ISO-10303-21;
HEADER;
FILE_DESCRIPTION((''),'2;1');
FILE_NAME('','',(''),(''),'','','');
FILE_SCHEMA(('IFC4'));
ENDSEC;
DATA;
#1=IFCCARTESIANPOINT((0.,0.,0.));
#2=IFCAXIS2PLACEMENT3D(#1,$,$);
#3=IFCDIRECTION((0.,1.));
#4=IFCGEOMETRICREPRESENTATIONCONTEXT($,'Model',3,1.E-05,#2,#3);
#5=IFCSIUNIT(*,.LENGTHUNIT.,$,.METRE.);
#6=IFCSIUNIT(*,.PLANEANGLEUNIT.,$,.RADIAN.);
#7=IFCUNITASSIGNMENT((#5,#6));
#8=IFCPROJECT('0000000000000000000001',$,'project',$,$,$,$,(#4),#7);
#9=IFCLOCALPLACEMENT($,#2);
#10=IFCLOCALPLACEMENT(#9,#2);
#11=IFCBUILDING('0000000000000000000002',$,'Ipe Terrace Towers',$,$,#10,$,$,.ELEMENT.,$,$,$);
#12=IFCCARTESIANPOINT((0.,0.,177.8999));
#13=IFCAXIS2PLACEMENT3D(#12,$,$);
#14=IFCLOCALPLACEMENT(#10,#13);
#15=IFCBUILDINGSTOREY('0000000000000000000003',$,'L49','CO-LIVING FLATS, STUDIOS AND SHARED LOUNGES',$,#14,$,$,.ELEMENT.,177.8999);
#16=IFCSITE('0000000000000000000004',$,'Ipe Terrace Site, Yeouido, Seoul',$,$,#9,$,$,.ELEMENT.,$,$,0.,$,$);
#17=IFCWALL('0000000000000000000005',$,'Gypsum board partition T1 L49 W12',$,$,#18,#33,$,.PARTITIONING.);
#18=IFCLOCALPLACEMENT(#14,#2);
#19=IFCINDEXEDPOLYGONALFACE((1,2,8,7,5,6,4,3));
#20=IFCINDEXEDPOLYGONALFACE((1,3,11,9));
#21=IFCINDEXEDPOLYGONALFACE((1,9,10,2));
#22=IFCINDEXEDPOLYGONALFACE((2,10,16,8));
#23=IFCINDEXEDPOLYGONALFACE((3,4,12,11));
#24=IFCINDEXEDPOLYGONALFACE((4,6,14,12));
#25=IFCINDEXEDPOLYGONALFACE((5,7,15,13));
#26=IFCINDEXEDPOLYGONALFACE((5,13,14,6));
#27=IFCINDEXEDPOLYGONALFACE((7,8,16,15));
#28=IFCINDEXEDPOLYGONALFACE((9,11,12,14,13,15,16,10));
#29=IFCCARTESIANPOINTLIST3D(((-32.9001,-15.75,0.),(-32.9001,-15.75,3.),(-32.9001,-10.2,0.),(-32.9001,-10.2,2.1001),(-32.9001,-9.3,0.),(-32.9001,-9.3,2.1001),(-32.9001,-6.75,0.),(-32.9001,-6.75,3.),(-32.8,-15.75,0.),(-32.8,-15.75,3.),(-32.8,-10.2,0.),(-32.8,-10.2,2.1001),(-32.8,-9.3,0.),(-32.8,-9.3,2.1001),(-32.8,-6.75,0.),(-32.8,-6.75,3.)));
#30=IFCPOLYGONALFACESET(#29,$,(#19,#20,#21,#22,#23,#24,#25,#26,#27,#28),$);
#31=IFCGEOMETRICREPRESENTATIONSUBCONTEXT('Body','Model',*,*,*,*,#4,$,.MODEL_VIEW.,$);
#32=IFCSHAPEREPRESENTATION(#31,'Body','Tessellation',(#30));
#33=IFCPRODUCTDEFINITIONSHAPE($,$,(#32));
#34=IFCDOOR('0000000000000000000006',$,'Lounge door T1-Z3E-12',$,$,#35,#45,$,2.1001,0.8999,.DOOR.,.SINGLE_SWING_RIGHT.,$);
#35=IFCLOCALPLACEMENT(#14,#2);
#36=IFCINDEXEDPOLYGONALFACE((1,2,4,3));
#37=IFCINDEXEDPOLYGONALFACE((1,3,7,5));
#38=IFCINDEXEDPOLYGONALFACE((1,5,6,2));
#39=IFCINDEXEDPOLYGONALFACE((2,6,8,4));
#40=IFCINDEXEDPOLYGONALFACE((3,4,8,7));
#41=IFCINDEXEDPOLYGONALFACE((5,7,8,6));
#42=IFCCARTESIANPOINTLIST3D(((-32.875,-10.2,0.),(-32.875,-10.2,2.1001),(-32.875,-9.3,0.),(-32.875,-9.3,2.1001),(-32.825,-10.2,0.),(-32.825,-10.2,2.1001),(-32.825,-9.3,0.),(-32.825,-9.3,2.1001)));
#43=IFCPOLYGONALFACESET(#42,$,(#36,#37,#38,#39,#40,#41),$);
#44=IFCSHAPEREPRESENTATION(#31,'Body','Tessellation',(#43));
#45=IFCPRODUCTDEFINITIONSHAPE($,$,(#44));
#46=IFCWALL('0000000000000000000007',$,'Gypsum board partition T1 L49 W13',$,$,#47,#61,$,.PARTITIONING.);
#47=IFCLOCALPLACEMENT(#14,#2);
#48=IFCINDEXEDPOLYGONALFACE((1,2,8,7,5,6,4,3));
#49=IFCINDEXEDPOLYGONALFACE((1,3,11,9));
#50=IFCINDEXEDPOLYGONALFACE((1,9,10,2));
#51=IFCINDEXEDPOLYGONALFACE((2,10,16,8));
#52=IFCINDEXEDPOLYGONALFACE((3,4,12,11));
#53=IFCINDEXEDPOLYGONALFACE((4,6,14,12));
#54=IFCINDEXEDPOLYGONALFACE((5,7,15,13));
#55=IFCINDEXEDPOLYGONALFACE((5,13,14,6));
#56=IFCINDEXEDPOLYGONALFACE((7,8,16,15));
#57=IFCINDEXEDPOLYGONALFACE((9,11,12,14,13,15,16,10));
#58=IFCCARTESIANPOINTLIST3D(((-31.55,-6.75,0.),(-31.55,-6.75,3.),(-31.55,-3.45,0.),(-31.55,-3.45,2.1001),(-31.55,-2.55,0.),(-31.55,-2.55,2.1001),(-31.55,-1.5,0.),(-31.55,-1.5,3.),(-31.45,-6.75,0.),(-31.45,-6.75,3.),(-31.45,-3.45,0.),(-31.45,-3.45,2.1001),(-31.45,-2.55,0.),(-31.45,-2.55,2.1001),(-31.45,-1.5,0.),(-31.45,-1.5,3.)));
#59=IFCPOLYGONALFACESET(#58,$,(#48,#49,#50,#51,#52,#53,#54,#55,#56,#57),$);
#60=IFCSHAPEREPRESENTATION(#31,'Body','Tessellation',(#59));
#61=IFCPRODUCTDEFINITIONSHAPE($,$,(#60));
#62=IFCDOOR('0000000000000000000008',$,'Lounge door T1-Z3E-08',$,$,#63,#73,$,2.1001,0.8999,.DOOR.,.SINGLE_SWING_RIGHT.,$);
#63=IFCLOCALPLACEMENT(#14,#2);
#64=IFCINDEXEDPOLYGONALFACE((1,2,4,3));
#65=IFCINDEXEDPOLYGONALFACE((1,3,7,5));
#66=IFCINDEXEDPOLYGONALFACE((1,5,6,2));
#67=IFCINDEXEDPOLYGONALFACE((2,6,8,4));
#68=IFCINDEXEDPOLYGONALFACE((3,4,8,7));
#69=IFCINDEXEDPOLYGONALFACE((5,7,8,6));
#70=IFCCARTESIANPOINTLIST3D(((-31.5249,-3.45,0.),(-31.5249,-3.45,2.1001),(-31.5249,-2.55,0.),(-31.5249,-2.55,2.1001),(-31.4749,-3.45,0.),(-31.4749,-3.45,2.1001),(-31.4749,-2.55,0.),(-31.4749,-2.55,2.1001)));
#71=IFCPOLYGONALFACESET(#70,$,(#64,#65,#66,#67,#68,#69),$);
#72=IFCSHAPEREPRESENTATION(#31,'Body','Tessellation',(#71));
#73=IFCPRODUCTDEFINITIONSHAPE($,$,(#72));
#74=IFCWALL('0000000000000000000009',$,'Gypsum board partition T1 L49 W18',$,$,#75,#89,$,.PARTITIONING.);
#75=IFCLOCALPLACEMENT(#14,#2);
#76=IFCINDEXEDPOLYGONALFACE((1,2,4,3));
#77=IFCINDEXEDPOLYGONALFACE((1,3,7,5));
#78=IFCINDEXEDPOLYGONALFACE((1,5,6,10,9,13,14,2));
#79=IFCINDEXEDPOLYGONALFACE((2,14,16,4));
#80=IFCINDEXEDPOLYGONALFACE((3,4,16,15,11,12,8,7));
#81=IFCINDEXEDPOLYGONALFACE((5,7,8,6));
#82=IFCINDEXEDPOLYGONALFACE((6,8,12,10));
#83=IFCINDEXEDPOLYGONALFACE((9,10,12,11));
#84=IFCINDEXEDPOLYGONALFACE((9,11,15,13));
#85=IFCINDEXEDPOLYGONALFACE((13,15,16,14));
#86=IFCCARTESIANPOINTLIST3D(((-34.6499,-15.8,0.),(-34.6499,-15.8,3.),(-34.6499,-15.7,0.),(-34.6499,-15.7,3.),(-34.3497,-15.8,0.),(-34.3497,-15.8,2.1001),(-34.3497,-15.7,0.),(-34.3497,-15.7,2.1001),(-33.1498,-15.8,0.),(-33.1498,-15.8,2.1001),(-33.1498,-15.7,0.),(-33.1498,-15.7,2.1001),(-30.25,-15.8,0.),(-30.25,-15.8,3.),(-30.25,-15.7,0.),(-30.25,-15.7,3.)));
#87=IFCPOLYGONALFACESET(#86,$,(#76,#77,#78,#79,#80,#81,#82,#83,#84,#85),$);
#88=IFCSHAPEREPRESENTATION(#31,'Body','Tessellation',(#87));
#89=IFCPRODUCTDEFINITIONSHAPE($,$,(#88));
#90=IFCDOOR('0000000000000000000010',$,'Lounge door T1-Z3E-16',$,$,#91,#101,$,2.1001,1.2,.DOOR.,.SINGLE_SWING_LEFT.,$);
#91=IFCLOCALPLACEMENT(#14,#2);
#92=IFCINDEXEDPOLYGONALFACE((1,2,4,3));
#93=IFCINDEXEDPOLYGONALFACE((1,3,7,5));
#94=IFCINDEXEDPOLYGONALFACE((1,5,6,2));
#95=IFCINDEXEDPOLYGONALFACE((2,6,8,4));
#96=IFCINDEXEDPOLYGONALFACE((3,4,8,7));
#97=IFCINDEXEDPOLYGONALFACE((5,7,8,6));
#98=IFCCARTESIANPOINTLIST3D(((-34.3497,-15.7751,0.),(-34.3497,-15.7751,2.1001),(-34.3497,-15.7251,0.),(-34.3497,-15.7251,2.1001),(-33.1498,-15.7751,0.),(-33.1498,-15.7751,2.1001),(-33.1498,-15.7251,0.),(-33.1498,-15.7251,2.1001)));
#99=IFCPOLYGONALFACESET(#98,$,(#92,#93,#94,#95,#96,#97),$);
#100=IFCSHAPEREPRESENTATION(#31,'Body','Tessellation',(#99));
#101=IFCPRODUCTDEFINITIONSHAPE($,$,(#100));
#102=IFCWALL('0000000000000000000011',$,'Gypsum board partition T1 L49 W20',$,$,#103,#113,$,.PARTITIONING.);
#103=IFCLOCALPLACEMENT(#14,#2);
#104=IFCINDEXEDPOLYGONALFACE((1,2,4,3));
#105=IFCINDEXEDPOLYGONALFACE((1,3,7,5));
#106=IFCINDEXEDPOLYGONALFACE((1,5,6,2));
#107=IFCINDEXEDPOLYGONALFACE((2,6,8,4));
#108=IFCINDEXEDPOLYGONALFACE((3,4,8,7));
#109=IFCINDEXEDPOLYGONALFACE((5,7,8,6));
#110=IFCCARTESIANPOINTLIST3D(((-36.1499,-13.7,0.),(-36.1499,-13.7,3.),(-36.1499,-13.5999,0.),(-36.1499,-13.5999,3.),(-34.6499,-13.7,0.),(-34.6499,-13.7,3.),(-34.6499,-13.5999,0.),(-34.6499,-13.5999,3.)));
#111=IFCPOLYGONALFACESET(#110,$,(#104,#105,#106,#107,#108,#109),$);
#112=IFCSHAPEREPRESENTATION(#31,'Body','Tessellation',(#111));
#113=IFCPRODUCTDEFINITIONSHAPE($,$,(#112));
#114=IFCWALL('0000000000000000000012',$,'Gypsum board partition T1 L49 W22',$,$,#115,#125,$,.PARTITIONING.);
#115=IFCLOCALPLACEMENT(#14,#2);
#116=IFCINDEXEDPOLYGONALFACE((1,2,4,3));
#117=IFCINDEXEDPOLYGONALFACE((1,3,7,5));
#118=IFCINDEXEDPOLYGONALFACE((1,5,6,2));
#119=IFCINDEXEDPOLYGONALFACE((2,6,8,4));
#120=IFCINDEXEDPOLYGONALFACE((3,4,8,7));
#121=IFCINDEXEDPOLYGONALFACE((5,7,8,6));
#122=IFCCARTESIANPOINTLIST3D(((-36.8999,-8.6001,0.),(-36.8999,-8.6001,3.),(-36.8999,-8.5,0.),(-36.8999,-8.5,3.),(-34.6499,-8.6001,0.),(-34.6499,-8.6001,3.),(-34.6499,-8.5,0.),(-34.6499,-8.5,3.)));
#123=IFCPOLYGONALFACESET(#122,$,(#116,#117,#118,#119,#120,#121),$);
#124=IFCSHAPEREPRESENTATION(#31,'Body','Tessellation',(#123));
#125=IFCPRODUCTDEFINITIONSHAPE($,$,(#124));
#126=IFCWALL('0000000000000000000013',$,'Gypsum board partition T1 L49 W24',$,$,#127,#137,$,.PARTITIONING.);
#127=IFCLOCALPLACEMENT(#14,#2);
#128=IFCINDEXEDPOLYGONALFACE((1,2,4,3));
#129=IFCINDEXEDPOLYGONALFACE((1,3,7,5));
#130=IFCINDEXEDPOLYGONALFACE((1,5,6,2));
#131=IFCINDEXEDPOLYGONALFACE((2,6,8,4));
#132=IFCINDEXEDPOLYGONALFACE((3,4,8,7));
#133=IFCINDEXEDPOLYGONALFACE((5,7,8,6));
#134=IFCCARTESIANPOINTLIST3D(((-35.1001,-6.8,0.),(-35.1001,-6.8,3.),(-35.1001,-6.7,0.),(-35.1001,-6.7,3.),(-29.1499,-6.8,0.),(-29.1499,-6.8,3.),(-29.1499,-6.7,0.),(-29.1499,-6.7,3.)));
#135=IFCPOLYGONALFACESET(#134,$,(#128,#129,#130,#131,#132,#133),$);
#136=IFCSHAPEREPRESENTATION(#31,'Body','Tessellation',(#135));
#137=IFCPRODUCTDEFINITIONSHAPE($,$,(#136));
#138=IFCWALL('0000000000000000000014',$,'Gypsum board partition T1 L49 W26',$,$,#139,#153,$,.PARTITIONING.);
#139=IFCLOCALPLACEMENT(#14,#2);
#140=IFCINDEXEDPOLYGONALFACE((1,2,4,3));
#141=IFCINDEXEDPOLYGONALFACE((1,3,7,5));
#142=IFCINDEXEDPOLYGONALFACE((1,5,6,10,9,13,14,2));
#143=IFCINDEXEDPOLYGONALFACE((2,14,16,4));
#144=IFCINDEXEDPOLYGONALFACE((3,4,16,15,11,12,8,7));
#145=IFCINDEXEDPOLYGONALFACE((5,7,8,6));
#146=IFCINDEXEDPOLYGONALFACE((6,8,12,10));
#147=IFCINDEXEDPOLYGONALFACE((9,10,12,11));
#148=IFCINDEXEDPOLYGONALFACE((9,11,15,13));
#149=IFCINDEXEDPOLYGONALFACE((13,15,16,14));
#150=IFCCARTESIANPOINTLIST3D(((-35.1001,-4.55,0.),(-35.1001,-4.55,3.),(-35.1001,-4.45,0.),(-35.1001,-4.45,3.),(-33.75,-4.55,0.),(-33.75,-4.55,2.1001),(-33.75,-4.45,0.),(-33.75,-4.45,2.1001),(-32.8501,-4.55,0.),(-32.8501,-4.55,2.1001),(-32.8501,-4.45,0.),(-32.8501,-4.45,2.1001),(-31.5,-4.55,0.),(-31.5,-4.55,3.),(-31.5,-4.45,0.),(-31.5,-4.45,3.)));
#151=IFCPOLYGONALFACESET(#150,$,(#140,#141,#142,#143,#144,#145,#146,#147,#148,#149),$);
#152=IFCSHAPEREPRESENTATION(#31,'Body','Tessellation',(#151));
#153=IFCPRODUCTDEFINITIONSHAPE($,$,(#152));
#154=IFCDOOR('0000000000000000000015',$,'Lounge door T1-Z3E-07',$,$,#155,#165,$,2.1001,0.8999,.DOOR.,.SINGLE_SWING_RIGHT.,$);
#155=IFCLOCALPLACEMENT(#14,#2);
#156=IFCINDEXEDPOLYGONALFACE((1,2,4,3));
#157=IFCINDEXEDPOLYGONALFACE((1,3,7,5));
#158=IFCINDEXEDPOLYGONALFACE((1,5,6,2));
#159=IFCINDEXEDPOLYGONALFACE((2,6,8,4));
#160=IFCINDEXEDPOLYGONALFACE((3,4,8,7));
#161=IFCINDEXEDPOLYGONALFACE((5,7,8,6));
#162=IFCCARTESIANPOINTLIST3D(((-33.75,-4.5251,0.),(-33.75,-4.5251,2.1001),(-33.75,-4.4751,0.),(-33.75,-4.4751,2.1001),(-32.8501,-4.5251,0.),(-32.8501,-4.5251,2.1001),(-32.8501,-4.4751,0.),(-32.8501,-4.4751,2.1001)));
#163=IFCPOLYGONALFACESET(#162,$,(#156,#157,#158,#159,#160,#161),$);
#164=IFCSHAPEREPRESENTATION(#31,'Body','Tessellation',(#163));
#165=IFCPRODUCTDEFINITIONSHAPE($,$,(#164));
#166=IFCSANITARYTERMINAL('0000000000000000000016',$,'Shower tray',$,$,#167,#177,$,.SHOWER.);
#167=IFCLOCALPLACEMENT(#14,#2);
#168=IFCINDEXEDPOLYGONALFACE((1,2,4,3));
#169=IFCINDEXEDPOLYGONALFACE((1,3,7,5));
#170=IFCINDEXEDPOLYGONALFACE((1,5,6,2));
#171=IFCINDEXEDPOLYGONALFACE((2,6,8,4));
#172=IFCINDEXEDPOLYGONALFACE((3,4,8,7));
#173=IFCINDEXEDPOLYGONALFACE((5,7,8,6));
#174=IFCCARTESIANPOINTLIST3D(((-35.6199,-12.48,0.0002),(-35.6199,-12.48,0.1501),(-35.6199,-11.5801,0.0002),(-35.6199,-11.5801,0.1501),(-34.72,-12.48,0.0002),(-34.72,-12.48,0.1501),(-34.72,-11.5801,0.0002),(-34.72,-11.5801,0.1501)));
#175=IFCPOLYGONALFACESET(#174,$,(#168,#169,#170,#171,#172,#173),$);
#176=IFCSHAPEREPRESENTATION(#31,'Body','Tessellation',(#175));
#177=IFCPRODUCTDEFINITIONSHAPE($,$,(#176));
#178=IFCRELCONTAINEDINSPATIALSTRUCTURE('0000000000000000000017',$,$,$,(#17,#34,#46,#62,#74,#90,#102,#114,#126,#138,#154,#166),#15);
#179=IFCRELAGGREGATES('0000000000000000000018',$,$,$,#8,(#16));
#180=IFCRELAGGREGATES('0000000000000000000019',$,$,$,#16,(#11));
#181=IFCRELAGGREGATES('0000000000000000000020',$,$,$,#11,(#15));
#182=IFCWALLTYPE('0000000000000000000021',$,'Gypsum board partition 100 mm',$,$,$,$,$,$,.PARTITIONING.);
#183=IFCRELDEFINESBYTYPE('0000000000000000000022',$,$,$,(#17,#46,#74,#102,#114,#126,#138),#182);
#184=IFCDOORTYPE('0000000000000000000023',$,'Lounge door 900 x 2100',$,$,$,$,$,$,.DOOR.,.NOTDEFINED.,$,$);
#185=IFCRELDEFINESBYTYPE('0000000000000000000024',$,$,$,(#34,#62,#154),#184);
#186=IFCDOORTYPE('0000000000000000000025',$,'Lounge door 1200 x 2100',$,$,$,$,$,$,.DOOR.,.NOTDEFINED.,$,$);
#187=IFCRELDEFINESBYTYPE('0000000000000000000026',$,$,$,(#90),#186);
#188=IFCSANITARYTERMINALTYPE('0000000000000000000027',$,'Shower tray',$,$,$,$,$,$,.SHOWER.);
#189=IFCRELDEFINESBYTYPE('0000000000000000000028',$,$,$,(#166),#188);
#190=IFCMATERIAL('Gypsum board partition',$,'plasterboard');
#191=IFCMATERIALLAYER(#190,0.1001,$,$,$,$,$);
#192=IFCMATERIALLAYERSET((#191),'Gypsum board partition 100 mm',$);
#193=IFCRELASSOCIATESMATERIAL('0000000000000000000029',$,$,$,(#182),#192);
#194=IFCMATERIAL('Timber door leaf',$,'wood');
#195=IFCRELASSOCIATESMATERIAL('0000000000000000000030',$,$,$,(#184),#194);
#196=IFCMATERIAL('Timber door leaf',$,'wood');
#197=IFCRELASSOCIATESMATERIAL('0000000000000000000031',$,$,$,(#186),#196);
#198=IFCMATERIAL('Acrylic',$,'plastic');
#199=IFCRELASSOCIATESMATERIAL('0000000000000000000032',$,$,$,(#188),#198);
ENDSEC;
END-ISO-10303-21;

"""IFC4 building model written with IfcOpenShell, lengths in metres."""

from ifc_helpers import new_model, si_unit, direction, frame, frame_2d, origin, origin_2d, place, context, subcontext, project, spatial, rectangle, extrude, material, layer, layer_set, type_object, element, fill, save


model = new_model("IFC4")

# Units and contexts
model_context = context("Model", 3, precision=1e-05, world=origin(), true_north=direction((0.0, 1.0)))
body_context = subcontext(model_context, "Body", "Model", "MODEL_VIEW")
ifc_project = project(units=[si_unit("LENGTHUNIT", "METRE"), si_unit("PLANEANGLEUNIT", "RADIAN")], contexts=[model_context])

# Site, building, storey
site_placement = place(None, origin())
site = spatial("IfcSite", under=ifc_project, at=site_placement, Name="Ipe Terrace Site, Yeouido, Seoul", CompositionType="ELEMENT", RefElevation=0.0)
building_placement = place(site_placement, origin())
building = spatial("IfcBuilding", under=site, at=building_placement, Name="Ipe Terrace Towers", CompositionType="ELEMENT")
storey_placement = place(building_placement, frame((0.0, 0.0, 177.8999)))
storey = spatial("IfcBuildingStorey", under=building, at=storey_placement, Name="L49", Description="CO-LIVING FLATS, STUDIOS AND SHARED LOUNGES", CompositionType="ELEMENT", Elevation=177.8999)

# Shared definitions
ifc_material_1 = material(Name="Gypsum board partition", Category="plasterboard")
ifc_layer = layer(ifc_material_1, 0.1001)
ifc_layer_set = layer_set([ifc_layer], Name="Gypsum board partition 100 mm")
wall_type = type_object("IfcWallType", Name="Gypsum board partition 100 mm", PredefinedType="PARTITIONING", material=ifc_layer_set)

# Walls, openings, doors
ifc_material_2 = material(Name="Timber door leaf", Category="wood")
door_type_1 = type_object("IfcDoorType", Name="Lounge door 900 x 2100", OperationType="NOTDEFINED", PredefinedType="DOOR", material=ifc_material_2)
wall_1_placement = place(storey_placement, frame((-32.8501, -15.75, 0.0), z_axis=(0.0, 0.0, 1.0), x_axis=(0.0, 1.0, 0.0)))
wall_1 = element("IfcWall", 1, at=wall_1_placement, inside=storey, type_object=wall_type, Name="Gypsum board partition T1 L49 W12", PredefinedType="PARTITIONING", context=body_context, shape_type="SweptSolid", body=[
    extrude(rectangle(XDim=9.0, YDim=0.1001, at=frame_2d((4.5, 0.0))), origin(), (0.0, 0.0, 1.0), 3.0),
])
opening_1_placement = place(wall_1_placement, frame((5.55, 0.0, 0.0)))
opening_1 = element("IfcOpeningElement", 2, at=opening_1_placement, cuts=wall_1, PredefinedType="OPENING", context=body_context, shape_type="SweptSolid", body=[
    extrude(rectangle(XDim=0.8999, YDim=2.1001, at=frame_2d((0.45, 1.05))), frame((0.0, 0.0601, 0.0), z_axis=(0.0, -1.0, 0.0), x_axis=(1.0, 0.0, 0.0)), (0.0, 0.0, 1.0), 0.1201),
])
door_1_placement = place(opening_1_placement, origin())
door_1 = element("IfcDoor", 3, at=door_1_placement, inside=storey, type_object=door_type_1, Name="Lounge door T1-Z3E-12", OperationType="SINGLE_SWING_RIGHT", OverallHeight=2.1001, OverallWidth=0.8999, PredefinedType="DOOR", context=body_context, shape_type="SweptSolid", body=[
    extrude(rectangle(XDim=0.8999, YDim=2.1001, at=frame_2d((0.45, 1.05))), frame((0.0, 0.0249, 0.0), z_axis=(0.0, -1.0, 0.0), x_axis=(1.0, 0.0, 0.0)), (0.0, 0.0, 1.0), 0.05),
])
fill(opening_1, door_1)
wall_2_placement = place(storey_placement, frame((-31.5, -6.75, 0.0), z_axis=(0.0, 0.0, 1.0), x_axis=(0.0, 1.0, 0.0)))
wall_2 = element("IfcWall", 4, at=wall_2_placement, inside=storey, type_object=wall_type, Name="Gypsum board partition T1 L49 W13", PredefinedType="PARTITIONING", context=body_context, shape_type="SweptSolid", body=[
    extrude(rectangle(XDim=5.25, YDim=0.1001, at=frame_2d((2.625, 0.0))), origin(), (0.0, 0.0, 1.0), 3.0),
])
opening_2_placement = place(wall_2_placement, frame((3.3, 0.0, 0.0)))
opening_2 = element("IfcOpeningElement", 5, at=opening_2_placement, cuts=wall_2, PredefinedType="OPENING", context=body_context, shape_type="SweptSolid", body=[
    extrude(rectangle(XDim=0.8999, YDim=2.1001, at=frame_2d((0.45, 1.05))), frame((0.0, 0.0601, 0.0), z_axis=(0.0, -1.0, 0.0), x_axis=(1.0, 0.0, 0.0)), (0.0, 0.0, 1.0), 0.1201),
])
door_2_placement = place(opening_2_placement, origin())
door_2 = element("IfcDoor", 6, at=door_2_placement, inside=storey, type_object=door_type_1, Name="Lounge door T1-Z3E-08", OperationType="SINGLE_SWING_RIGHT", OverallHeight=2.1001, OverallWidth=0.8999, PredefinedType="DOOR", context=body_context, shape_type="SweptSolid", body=[
    extrude(rectangle(XDim=0.8999, YDim=2.1001, at=frame_2d((0.45, 1.05))), frame((0.0, 0.0249, 0.0), z_axis=(0.0, -1.0, 0.0), x_axis=(1.0, 0.0, 0.0)), (0.0, 0.0, 1.0), 0.05),
])
fill(opening_2, door_2)
wall_3_placement = place(storey_placement, frame((-34.6499, -15.75, 0.0), z_axis=(0.0, 0.0, 1.0), x_axis=(1.0, 0.0, 0.0)))
wall_3 = element("IfcWall", 7, at=wall_3_placement, inside=storey, type_object=wall_type, Name="Gypsum board partition T1 L49 W18", PredefinedType="PARTITIONING", context=body_context, shape_type="SweptSolid", body=[
    extrude(rectangle(XDim=4.3999, YDim=0.1001, at=frame_2d((2.2, 0.0))), origin(), (0.0, 0.0, 1.0), 3.0),
])
opening_3_placement = place(wall_3_placement, frame((0.3, 0.0, 0.0)))
opening_3 = element("IfcOpeningElement", 8, at=opening_3_placement, cuts=wall_3, PredefinedType="OPENING", context=body_context, shape_type="SweptSolid", body=[
    extrude(rectangle(XDim=1.2, YDim=2.1001, at=frame_2d((0.6001, 1.05))), frame((0.0, 0.0601, 0.0), z_axis=(0.0, -1.0, 0.0), x_axis=(1.0, 0.0, 0.0)), (0.0, 0.0, 1.0), 0.1201),
])
ifc_material_3 = material(Name="Timber door leaf", Category="wood")
door_type_2 = type_object("IfcDoorType", Name="Lounge door 1200 x 2100", OperationType="NOTDEFINED", PredefinedType="DOOR", material=ifc_material_3)
door_3_placement = place(opening_3_placement, origin())
door_3 = element("IfcDoor", 9, at=door_3_placement, inside=storey, type_object=door_type_2, Name="Lounge door T1-Z3E-16", OperationType="SINGLE_SWING_LEFT", OverallHeight=2.1001, OverallWidth=1.2, PredefinedType="DOOR", context=body_context, shape_type="SweptSolid", body=[
    extrude(rectangle(XDim=1.2, YDim=2.1001, at=frame_2d((0.6001, 1.05))), frame((0.0, 0.0249, 0.0), z_axis=(0.0, -1.0, 0.0), x_axis=(1.0, 0.0, 0.0)), (0.0, 0.0, 1.0), 0.05),
])
fill(opening_3, door_3)

# Walls
wall_4_placement = place(storey_placement, frame((-36.1499, -13.6499, 0.0), z_axis=(0.0, 0.0, 1.0), x_axis=(1.0, 0.0, 0.0)))
element("IfcWall", 10, at=wall_4_placement, inside=storey, type_object=wall_type, Name="Gypsum board partition T1 L49 W20", PredefinedType="PARTITIONING", context=body_context, shape_type="SweptSolid", body=[
    extrude(rectangle(XDim=1.5, YDim=0.1001, at=frame_2d((0.75, 0.0))), origin(), (0.0, 0.0, 1.0), 3.0),
])
wall_5_placement = place(storey_placement, frame((-36.8999, -8.55, 0.0), z_axis=(0.0, 0.0, 1.0), x_axis=(1.0, 0.0, 0.0)))
element("IfcWall", 11, at=wall_5_placement, inside=storey, type_object=wall_type, Name="Gypsum board partition T1 L49 W22", PredefinedType="PARTITIONING", context=body_context, shape_type="SweptSolid", body=[
    extrude(rectangle(XDim=2.25, YDim=0.1001, at=frame_2d((1.125, 0.0))), origin(), (0.0, 0.0, 1.0), 3.0),
])
wall_6_placement = place(storey_placement, frame((-35.1001, -6.75, 0.0), z_axis=(0.0, 0.0, 1.0), x_axis=(1.0, 0.0, 0.0)))
element("IfcWall", 12, at=wall_6_placement, inside=storey, type_object=wall_type, Name="Gypsum board partition T1 L49 W24", PredefinedType="PARTITIONING", context=body_context, shape_type="SweptSolid", body=[
    extrude(rectangle(XDim=5.9502, YDim=0.1001, at=frame_2d((2.9751, 0.0))), origin(), (0.0, 0.0, 1.0), 3.0),
])

# Wall, opening, door
wall_7_placement = place(storey_placement, frame((-35.1001, -4.5, 0.0), z_axis=(0.0, 0.0, 1.0), x_axis=(1.0, 0.0, 0.0)))
wall_7 = element("IfcWall", 13, at=wall_7_placement, inside=storey, type_object=wall_type, Name="Gypsum board partition T1 L49 W26", PredefinedType="PARTITIONING", context=body_context, shape_type="SweptSolid", body=[
    extrude(rectangle(XDim=3.6001, YDim=0.1001, at=frame_2d((1.8, 0.0))), origin(), (0.0, 0.0, 1.0), 3.0),
])
opening_4_placement = place(wall_7_placement, frame((1.3501, 0.0, 0.0)))
opening_4 = element("IfcOpeningElement", 14, at=opening_4_placement, cuts=wall_7, PredefinedType="OPENING", context=body_context, shape_type="SweptSolid", body=[
    extrude(rectangle(XDim=0.8999, YDim=2.1001, at=frame_2d((0.45, 1.05))), frame((0.0, 0.0601, 0.0), z_axis=(0.0, -1.0, 0.0), x_axis=(1.0, 0.0, 0.0)), (0.0, 0.0, 1.0), 0.1201),
])
door_4_placement = place(opening_4_placement, origin())
door_4 = element("IfcDoor", 15, at=door_4_placement, inside=storey, type_object=door_type_1, Name="Lounge door T1-Z3E-07", OperationType="SINGLE_SWING_RIGHT", OverallHeight=2.1001, OverallWidth=0.8999, PredefinedType="DOOR", context=body_context, shape_type="SweptSolid", body=[
    extrude(rectangle(XDim=0.8999, YDim=2.1001, at=frame_2d((0.45, 1.05))), frame((0.0, 0.0249, 0.0), z_axis=(0.0, -1.0, 0.0), x_axis=(1.0, 0.0, 0.0)), (0.0, 0.0, 1.0), 0.05),
])
fill(opening_4, door_4)

# Sanitary terminal
ifc_material_4 = material(Name="Acrylic", Category="plastic")
sanitary_terminal_type_1 = type_object("IfcSanitaryTerminalType", Name="Shower tray", PredefinedType="SHOWER", material=ifc_material_4)
sanitary_terminal_1_placement = place(storey_placement, frame((-35.1699, -12.03, 0.0002), z_axis=(0.0, 0.0, 1.0), x_axis=(-1.0, 0.0, 0.0)))
element("IfcSanitaryTerminal", 16, at=sanitary_terminal_1_placement, inside=storey, type_object=sanitary_terminal_type_1, Name="Shower tray", PredefinedType="SHOWER", context=body_context, shape_type="SweptSolid", body=[
    extrude(rectangle(XDim=0.8999, YDim=0.8999, at=origin_2d()), origin(), (0.0, 0.0, 1.0), 0.1499),
])

save(model, "model.ifc")
